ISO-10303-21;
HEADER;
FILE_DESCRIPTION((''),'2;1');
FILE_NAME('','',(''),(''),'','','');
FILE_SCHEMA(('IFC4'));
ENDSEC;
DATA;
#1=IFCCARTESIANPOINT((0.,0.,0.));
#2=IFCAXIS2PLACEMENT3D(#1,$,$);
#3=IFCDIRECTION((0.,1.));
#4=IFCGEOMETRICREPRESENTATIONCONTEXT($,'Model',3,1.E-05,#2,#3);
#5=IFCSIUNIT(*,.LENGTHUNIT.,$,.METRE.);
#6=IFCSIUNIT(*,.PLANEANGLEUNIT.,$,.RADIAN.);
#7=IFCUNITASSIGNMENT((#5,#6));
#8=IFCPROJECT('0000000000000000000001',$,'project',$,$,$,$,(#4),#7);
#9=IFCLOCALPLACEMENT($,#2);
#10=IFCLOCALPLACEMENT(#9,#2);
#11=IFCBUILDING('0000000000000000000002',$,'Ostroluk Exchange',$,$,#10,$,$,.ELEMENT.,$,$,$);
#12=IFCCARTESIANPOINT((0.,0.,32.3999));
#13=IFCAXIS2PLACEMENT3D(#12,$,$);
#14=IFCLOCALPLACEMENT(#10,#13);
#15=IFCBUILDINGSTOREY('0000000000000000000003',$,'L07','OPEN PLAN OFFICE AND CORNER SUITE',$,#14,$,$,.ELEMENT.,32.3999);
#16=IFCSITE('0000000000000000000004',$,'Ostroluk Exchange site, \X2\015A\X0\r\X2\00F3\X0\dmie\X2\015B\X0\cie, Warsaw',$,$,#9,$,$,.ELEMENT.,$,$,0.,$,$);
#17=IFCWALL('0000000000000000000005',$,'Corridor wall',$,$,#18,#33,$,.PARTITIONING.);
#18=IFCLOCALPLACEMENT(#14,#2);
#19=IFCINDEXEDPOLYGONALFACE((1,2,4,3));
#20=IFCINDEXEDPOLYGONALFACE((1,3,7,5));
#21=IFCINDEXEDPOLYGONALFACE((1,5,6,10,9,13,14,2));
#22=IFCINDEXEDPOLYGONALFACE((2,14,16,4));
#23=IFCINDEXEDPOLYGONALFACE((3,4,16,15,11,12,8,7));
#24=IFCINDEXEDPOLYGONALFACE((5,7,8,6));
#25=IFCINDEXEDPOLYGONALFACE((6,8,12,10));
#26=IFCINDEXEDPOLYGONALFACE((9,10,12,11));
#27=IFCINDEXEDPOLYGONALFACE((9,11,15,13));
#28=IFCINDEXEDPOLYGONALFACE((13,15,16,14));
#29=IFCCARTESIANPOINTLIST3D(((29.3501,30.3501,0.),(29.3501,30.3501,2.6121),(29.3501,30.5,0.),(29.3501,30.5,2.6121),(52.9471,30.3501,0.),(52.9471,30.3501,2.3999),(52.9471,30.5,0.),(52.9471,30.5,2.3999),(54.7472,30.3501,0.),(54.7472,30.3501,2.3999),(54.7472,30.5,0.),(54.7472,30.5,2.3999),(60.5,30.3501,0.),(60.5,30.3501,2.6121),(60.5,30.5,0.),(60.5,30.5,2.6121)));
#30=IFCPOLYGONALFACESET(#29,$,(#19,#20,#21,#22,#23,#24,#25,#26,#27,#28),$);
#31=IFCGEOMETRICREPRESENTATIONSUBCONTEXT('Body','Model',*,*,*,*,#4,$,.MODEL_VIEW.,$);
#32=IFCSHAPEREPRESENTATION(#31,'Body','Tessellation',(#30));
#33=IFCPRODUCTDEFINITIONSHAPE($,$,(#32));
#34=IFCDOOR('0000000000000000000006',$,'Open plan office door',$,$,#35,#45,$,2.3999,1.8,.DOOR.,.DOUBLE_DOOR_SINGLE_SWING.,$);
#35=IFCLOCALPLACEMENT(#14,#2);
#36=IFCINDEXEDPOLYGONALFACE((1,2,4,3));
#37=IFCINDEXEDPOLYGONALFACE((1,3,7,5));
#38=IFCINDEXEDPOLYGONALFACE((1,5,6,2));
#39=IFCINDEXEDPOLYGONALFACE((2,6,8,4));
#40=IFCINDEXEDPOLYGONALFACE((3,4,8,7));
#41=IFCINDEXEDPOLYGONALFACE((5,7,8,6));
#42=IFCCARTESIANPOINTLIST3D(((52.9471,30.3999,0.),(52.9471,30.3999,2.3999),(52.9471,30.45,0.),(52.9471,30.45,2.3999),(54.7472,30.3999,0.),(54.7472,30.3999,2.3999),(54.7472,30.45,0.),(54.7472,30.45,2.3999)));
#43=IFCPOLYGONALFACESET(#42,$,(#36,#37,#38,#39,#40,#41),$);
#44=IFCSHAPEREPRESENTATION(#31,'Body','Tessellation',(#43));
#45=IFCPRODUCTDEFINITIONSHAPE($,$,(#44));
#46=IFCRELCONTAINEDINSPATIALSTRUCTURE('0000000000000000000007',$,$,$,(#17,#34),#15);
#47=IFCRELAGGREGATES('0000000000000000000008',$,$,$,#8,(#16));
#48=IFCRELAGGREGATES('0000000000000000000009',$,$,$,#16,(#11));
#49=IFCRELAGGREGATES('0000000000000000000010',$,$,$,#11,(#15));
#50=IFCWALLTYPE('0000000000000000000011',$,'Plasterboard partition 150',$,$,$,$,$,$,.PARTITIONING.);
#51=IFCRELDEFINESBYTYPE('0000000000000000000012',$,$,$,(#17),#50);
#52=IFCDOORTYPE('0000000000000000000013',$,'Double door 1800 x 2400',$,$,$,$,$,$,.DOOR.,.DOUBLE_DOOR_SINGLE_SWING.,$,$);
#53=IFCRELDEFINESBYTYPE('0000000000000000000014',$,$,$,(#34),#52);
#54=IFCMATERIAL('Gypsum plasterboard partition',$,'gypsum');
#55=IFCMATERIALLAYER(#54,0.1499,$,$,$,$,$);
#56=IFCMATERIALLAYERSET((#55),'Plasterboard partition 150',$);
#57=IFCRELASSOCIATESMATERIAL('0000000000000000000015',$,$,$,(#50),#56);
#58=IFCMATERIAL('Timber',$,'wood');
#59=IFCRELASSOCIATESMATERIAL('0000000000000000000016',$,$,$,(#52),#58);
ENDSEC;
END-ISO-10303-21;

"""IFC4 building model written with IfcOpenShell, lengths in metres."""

from ifc_helpers import new_model, si_unit, direction, frame, frame_2d, origin, place, context, subcontext, project, spatial, rectangle, extrude, material, layer, layer_set, type_object, element, fill, save


model = new_model("IFC4")

# Units and contexts
model_context = context("Model", 3, precision=1e-05, world=origin(), true_north=direction((0.0, 1.0)))
body_context = subcontext(model_context, "Body", "Model", "MODEL_VIEW")
ifc_project = project(units=[si_unit("LENGTHUNIT", "METRE"), si_unit("PLANEANGLEUNIT", "RADIAN")], contexts=[model_context])

# Site, building, storey
site_placement = place(None, origin())
site = spatial("IfcSite", under=ifc_project, at=site_placement, Name="Ostroluk Exchange site, Śródmieście, Warsaw", CompositionType="ELEMENT", RefElevation=0.0)
building_placement = place(site_placement, origin())
building = spatial("IfcBuilding", under=site, at=building_placement, Name="Ostroluk Exchange", CompositionType="ELEMENT")
storey_placement = place(building_placement, frame((0.0, 0.0, 32.3999)))
storey = spatial("IfcBuildingStorey", under=building, at=storey_placement, Name="L07", Description="OPEN PLAN OFFICE AND CORNER SUITE", CompositionType="ELEMENT", Elevation=32.3999)

# Wall, opening, door
ifc_material_1 = material(Name="Gypsum plasterboard partition", Category="gypsum")
ifc_layer_1 = layer(ifc_material_1, 0.1499)
ifc_layer_set_1 = layer_set([ifc_layer_1], Name="Plasterboard partition 150")
wall_type_1 = type_object("IfcWallType", Name="Plasterboard partition 150", PredefinedType="PARTITIONING", material=ifc_layer_set_1)
wall_1_placement = place(storey_placement, frame((29.3501, 30.425, 0.0), z_axis=(0.0, 0.0, 1.0), x_axis=(1.0, 0.0, 0.0)))
wall_1 = element("IfcWall", 1, at=wall_1_placement, inside=storey, type_object=wall_type_1, Name="Corridor wall", PredefinedType="PARTITIONING", context=body_context, shape_type="SweptSolid", body=[
    extrude(rectangle(XDim=31.1499, YDim=0.1499, at=frame_2d((15.575, 0.0))), origin(), (0.0, 0.0, 1.0), 2.6121),
])
opening_1_placement = place(wall_1_placement, frame((23.5972, 0.0, 0.0)))
opening_1 = element("IfcOpeningElement", 2, at=opening_1_placement, cuts=wall_1, PredefinedType="OPENING", context=body_context, shape_type="SweptSolid", body=[
    extrude(rectangle(XDim=1.8, YDim=2.3999, at=frame_2d((0.8999, 1.2))), frame((0.0, 0.085, 0.0), z_axis=(0.0, -1.0, 0.0), x_axis=(1.0, 0.0, 0.0)), (0.0, 0.0, 1.0), 0.1699),
])
ifc_material_2 = material(Name="Timber", Category="wood")
door_type_1 = type_object("IfcDoorType", Name="Double door 1800 x 2400", OperationType="DOUBLE_DOOR_SINGLE_SWING", PredefinedType="DOOR", material=ifc_material_2)
door_1_placement = place(opening_1_placement, origin())
door_1 = element("IfcDoor", 3, at=door_1_placement, inside=storey, type_object=door_type_1, Name="Open plan office door", OperationType="DOUBLE_DOOR_SINGLE_SWING", OverallHeight=2.3999, OverallWidth=1.8, PredefinedType="DOOR", context=body_context, shape_type="SweptSolid", body=[
    extrude(rectangle(XDim=1.8, YDim=2.3999, at=frame_2d((0.8999, 1.2))), frame((0.0, 0.0249, 0.0), z_axis=(0.0, -1.0, 0.0), x_axis=(1.0, 0.0, 0.0)), (0.0, 0.0, 1.0), 0.05),
])
fill(opening_1, door_1)

save(model, "model.ifc")
